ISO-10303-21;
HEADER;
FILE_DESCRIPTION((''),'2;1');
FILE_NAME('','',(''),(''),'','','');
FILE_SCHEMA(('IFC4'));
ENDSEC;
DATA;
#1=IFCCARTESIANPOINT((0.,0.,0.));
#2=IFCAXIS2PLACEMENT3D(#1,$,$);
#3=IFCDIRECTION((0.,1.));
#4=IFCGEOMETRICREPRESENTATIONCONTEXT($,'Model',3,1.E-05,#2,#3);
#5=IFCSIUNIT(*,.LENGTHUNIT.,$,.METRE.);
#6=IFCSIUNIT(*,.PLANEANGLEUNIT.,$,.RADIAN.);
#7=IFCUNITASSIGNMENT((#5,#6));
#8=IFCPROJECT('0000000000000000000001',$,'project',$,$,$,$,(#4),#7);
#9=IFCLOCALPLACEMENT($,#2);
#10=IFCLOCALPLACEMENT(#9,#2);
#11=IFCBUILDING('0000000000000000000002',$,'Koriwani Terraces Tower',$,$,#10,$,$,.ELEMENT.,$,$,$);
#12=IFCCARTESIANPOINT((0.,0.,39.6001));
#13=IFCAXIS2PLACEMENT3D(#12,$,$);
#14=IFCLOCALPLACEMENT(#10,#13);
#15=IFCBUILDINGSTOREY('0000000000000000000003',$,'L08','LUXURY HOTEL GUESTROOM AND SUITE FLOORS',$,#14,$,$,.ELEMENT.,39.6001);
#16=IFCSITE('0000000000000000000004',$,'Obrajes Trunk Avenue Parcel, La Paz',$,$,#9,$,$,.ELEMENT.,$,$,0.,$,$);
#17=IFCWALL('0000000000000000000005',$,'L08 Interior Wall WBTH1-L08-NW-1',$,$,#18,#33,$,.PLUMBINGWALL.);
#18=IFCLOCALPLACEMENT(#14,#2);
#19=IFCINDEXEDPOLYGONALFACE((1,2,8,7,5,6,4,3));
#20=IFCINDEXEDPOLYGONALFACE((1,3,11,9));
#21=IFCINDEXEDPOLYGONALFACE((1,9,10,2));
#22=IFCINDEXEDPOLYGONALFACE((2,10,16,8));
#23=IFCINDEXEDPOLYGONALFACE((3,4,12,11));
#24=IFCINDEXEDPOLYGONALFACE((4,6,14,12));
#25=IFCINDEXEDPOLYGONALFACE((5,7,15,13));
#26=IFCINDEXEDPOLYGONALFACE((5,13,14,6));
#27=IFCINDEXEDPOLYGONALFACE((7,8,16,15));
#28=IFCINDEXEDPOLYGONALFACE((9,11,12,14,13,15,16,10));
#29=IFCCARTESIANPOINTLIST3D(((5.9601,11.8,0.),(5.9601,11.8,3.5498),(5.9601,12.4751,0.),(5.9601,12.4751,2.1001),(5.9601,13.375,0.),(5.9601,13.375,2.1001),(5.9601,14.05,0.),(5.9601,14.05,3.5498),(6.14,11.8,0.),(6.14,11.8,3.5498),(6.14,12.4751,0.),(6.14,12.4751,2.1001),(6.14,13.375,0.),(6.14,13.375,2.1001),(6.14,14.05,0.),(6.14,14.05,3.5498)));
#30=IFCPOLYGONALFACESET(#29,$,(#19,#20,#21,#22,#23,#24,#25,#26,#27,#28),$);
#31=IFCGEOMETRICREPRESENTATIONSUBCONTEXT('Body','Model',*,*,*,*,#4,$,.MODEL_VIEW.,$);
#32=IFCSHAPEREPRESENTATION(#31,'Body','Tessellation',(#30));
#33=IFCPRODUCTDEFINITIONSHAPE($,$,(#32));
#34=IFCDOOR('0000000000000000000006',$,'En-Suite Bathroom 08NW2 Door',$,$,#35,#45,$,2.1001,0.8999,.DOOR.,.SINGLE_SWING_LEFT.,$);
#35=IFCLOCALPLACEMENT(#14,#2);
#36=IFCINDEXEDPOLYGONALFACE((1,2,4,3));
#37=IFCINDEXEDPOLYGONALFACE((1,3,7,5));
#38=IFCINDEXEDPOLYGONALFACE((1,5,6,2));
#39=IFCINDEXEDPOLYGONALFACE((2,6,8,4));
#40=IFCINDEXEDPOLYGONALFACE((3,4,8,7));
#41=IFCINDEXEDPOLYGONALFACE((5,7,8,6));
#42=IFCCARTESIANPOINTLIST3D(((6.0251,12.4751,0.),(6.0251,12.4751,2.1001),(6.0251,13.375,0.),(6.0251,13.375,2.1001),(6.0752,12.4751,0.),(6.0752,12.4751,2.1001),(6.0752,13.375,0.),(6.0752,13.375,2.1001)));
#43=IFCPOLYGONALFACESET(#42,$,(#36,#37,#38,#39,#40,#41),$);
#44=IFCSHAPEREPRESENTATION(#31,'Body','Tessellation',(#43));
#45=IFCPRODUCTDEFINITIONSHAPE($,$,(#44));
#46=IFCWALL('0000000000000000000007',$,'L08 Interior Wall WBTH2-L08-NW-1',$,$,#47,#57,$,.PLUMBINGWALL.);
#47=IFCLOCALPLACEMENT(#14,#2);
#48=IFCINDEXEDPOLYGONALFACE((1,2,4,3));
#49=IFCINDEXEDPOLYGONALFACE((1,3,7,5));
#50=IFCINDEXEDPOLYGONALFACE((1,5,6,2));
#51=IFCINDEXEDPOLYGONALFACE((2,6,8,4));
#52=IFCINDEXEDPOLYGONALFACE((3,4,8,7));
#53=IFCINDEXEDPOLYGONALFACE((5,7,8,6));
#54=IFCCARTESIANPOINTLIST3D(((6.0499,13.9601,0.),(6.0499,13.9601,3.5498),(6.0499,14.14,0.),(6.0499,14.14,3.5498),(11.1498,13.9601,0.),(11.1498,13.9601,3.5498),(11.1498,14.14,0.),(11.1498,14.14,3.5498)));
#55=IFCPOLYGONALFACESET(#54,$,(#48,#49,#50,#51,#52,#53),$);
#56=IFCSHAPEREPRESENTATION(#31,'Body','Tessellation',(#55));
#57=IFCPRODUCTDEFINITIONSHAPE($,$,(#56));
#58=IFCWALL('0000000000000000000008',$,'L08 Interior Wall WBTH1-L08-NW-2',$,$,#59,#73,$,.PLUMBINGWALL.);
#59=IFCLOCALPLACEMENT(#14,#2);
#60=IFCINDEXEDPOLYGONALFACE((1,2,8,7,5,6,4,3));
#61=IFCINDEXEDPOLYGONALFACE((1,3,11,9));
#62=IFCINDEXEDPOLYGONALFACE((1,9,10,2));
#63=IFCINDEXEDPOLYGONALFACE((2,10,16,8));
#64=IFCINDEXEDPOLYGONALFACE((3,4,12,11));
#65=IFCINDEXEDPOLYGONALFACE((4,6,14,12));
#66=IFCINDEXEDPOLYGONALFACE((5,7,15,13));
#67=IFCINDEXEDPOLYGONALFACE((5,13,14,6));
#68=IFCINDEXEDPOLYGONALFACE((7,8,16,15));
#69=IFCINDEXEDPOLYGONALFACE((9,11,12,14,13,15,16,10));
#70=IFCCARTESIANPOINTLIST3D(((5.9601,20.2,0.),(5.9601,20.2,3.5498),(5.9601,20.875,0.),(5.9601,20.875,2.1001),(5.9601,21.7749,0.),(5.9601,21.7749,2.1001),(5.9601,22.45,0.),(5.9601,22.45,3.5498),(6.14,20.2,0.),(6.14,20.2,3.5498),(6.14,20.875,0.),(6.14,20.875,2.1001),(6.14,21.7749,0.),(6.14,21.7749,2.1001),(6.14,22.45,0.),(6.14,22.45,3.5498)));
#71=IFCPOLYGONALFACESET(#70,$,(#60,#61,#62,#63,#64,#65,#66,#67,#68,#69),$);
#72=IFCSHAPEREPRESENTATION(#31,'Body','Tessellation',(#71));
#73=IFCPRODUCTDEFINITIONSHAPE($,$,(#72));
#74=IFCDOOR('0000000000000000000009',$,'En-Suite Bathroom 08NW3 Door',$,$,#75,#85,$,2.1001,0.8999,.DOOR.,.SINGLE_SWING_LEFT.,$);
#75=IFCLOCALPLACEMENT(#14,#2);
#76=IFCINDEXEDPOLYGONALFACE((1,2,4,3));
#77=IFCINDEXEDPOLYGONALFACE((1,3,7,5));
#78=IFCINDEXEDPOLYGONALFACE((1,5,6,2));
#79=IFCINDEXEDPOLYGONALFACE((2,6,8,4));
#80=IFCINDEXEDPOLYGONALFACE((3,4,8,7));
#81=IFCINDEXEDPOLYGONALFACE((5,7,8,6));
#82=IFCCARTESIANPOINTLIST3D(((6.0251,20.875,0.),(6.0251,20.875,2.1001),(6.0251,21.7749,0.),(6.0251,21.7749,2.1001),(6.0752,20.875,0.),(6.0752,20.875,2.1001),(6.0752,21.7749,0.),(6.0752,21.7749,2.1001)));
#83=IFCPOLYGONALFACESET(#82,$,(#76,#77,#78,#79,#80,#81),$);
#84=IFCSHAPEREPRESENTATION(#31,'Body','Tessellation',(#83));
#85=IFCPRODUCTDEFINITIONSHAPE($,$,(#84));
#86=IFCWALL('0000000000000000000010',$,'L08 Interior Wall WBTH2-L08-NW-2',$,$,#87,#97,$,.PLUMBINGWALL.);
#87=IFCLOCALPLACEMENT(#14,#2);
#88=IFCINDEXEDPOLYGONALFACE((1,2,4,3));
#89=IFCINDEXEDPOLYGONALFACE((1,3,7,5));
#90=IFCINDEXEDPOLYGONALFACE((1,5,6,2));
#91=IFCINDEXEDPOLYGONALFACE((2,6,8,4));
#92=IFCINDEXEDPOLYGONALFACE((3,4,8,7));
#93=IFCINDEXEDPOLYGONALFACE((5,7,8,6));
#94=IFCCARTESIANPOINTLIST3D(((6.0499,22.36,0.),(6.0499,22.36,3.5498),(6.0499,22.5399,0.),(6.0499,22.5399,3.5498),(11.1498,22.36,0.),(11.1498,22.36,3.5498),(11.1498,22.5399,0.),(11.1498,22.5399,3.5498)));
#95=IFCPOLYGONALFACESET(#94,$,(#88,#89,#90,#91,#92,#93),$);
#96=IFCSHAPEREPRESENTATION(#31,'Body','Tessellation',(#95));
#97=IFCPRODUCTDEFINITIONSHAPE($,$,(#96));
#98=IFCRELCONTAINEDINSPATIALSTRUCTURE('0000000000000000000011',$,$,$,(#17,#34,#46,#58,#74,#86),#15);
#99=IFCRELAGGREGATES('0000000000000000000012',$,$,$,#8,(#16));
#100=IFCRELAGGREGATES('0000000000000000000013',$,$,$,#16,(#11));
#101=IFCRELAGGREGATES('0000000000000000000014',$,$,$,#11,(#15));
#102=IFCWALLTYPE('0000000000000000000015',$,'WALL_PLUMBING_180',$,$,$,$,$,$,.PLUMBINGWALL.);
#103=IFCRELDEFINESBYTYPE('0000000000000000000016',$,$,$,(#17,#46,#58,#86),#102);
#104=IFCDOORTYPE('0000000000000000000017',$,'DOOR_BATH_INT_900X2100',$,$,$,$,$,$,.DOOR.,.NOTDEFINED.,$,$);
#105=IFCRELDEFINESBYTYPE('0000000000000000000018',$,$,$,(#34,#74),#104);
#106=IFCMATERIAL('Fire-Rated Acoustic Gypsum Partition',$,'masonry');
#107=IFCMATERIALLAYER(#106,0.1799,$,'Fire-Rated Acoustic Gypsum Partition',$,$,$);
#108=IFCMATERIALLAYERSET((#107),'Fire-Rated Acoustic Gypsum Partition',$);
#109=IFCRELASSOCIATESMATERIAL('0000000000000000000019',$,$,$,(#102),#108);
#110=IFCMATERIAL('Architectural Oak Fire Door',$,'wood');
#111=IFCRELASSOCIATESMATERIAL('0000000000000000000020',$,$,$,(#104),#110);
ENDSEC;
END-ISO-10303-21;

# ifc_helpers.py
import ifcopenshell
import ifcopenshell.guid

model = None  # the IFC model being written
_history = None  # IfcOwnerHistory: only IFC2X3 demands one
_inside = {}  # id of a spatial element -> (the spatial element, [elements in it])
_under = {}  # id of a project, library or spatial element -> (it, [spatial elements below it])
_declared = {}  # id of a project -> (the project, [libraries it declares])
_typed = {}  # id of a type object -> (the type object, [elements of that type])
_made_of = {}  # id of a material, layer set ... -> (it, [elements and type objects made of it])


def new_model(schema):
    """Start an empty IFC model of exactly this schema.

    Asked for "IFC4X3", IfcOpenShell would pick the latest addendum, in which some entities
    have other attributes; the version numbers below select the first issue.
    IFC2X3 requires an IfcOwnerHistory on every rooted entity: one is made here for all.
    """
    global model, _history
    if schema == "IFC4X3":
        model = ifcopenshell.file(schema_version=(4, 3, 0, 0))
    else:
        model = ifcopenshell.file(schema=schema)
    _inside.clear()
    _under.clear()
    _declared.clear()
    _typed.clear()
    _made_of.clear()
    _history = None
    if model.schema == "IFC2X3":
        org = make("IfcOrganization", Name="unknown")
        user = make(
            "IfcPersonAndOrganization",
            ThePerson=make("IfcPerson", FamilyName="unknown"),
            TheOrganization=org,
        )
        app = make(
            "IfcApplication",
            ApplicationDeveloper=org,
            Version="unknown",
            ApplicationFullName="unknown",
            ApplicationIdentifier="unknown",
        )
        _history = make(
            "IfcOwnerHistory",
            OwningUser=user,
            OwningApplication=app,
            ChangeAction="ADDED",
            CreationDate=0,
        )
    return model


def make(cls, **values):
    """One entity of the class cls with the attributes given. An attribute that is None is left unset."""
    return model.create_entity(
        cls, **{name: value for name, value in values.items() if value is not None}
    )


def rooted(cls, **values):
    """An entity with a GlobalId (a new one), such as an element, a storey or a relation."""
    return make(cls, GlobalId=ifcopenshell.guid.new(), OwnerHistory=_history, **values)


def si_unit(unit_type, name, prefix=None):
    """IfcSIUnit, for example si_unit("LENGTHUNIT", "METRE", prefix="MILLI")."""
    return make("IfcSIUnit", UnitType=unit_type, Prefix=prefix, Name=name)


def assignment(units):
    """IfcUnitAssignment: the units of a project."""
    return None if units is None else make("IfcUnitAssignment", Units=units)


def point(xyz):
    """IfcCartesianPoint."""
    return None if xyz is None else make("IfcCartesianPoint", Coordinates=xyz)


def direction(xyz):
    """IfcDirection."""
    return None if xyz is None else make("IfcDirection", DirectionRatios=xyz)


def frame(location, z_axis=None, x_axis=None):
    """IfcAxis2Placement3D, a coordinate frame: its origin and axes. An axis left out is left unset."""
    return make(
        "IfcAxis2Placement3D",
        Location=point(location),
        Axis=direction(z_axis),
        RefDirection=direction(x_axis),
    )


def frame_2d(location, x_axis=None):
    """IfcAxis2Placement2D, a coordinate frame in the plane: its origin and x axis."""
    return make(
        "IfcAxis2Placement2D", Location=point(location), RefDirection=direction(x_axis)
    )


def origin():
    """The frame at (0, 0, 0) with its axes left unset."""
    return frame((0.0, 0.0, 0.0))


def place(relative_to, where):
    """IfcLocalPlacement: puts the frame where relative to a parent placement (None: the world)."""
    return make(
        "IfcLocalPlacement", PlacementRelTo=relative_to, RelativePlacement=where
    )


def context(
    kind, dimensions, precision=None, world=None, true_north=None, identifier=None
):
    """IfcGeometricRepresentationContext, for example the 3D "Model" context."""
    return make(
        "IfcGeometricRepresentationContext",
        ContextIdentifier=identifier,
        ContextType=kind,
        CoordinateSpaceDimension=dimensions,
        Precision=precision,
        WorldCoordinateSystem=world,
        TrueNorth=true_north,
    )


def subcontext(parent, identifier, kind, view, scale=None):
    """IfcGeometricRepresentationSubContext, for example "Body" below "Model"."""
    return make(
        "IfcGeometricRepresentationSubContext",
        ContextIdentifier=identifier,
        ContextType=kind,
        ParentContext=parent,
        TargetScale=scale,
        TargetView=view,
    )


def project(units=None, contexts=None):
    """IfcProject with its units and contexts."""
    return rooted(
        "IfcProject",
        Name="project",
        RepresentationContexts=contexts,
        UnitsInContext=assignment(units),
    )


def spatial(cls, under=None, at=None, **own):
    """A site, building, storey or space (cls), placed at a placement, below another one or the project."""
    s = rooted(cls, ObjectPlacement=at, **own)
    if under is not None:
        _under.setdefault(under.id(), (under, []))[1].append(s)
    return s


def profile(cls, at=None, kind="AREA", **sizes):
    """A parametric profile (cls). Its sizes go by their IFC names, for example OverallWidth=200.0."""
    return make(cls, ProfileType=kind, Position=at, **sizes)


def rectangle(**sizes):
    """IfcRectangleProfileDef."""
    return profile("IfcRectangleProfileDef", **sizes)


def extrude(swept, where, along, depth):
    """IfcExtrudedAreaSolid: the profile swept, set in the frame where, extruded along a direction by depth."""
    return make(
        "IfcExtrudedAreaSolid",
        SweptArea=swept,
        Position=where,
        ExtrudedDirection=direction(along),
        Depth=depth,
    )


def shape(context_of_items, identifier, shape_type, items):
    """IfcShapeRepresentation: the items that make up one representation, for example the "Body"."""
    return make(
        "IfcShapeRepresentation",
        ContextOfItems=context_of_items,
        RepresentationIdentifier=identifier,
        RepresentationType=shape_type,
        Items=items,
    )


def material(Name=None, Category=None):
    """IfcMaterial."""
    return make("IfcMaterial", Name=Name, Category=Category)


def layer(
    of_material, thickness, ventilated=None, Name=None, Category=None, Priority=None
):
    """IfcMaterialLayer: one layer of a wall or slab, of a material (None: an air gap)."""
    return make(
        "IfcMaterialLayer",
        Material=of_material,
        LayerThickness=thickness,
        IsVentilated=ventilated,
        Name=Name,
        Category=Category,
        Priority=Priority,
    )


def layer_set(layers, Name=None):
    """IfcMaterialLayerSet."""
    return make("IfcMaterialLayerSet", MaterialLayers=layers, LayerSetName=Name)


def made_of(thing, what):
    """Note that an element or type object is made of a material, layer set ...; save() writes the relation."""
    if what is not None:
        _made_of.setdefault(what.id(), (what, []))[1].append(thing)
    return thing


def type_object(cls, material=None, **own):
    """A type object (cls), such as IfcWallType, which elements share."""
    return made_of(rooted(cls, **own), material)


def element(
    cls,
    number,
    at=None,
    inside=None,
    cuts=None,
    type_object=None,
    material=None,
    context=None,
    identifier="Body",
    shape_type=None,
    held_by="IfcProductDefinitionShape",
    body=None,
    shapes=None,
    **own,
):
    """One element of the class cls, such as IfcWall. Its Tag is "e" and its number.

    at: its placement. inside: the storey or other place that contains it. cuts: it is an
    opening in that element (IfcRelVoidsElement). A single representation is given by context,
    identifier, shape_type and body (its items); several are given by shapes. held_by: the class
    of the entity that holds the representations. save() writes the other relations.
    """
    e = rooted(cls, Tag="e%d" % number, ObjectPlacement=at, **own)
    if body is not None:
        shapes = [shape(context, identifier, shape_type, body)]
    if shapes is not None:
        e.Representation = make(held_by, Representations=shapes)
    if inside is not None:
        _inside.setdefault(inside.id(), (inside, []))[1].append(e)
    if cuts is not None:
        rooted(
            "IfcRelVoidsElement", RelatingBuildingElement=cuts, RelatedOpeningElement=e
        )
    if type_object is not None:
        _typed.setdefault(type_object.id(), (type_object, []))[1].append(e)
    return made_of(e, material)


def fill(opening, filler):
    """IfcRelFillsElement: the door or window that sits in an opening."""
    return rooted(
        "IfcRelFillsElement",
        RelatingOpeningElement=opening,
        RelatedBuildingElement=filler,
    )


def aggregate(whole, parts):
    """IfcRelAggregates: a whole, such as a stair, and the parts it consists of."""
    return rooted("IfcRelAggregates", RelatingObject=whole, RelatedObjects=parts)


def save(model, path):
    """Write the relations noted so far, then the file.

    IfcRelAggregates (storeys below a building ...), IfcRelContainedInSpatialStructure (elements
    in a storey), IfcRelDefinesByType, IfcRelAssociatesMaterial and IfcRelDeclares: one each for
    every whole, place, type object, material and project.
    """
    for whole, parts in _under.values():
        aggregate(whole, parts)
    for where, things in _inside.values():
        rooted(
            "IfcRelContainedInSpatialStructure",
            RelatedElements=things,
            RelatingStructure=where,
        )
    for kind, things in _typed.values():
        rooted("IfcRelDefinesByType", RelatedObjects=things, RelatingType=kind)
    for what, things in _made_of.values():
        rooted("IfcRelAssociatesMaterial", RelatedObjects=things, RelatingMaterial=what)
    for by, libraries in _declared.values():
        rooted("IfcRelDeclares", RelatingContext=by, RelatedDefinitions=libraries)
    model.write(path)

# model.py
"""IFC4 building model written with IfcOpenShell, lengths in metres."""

from ifc_helpers import new_model, si_unit, direction, frame, frame_2d, origin, place, context, subcontext, project, spatial, rectangle, extrude, material, layer, layer_set, type_object, element, fill, save


model = new_model("IFC4")

# Units and contexts
model_context = context("Model", 3, precision=1e-05, world=origin(), true_north=direction((0.0, 1.0)))
body_context = subcontext(model_context, "Body", "Model", "MODEL_VIEW")
ifc_project = project(units=[si_unit("LENGTHUNIT", "METRE"), si_unit("PLANEANGLEUNIT", "RADIAN")], contexts=[model_context])

# Site, building, storey
site_placement = place(None, origin())
site = spatial("IfcSite", under=ifc_project, at=site_placement, Name="Obrajes Trunk Avenue Parcel, La Paz", CompositionType="ELEMENT", RefElevation=0.0)
building_placement = place(site_placement, origin())
building = spatial("IfcBuilding", under=site, at=building_placement, Name="Koriwani Terraces Tower", CompositionType="ELEMENT")
storey_placement = place(building_placement, frame((0.0, 0.0, 39.6001)))
storey = spatial("IfcBuildingStorey", under=building, at=storey_placement, Name="L08", Description="LUXURY HOTEL GUESTROOM AND SUITE FLOORS", CompositionType="ELEMENT", Elevation=39.6001)

# Shared definitions
ifc_material_1 = material(Name="Architectural Oak Fire Door", Category="wood")

# Wall, opening, door
ifc_material_2 = material(Name="Fire-Rated Acoustic Gypsum Partition", Category="masonry")
ifc_layer_1 = layer(ifc_material_2, 0.1799, Name="Fire-Rated Acoustic Gypsum Partition")
ifc_layer_set_1 = layer_set([ifc_layer_1], Name="Fire-Rated Acoustic Gypsum Partition")
wall_type_1 = type_object("IfcWallType", Name="WALL_PLUMBING_180", PredefinedType="PLUMBINGWALL", material=ifc_layer_set_1)
wall_1_placement = place(storey_placement, frame((6.05, 11.8, 0.0), z_axis=(0.0, 0.0, 1.0), x_axis=(0.0, 1.0, 0.0)))
wall_1 = element("IfcWall", 1, at=wall_1_placement, inside=storey, type_object=wall_type_1, Name="L08 Interior Wall WBTH1-L08-NW-1", PredefinedType="PLUMBINGWALL", context=body_context, shape_type="SweptSolid", body=[
    extrude(rectangle(XDim=2.25, YDim=0.1799, at=frame_2d((1.125, 0.0))), origin(), (0.0, 0.0, 1.0), 3.5498),
])
opening_1_placement = place(wall_1_placement, frame((0.675, 0.0, 0.0)))
opening_1 = element("IfcOpeningElement", 2, at=opening_1_placement, cuts=wall_1, PredefinedType="OPENING", context=body_context, shape_type="SweptSolid", body=[
    extrude(rectangle(XDim=0.8999, YDim=2.1001, at=frame_2d((0.45, 1.05))), frame((0.0, 0.1001, 0.0), z_axis=(0.0, -1.0, 0.0), x_axis=(1.0, 0.0, 0.0)), (0.0, 0.0, 1.0), 0.2),
])
door_type_1 = type_object("IfcDoorType", Name="DOOR_BATH_INT_900X2100", OperationType="NOTDEFINED", PredefinedType="DOOR", material=ifc_material_1)
door_1_placement = place(opening_1_placement, origin())
door_1 = element("IfcDoor", 3, at=door_1_placement, inside=storey, type_object=door_type_1, Name="En-Suite Bathroom 08NW2 Door", OperationType="SINGLE_SWING_LEFT", OverallHeight=2.1001, OverallWidth=0.8999, PredefinedType="DOOR", context=body_context, shape_type="SweptSolid", body=[
    extrude(rectangle(XDim=0.8999, YDim=2.1001, at=frame_2d((0.45, 1.05))), frame((0.0, 0.0249, 0.0), z_axis=(0.0, -1.0, 0.0), x_axis=(1.0, 0.0, 0.0)), (0.0, 0.0, 1.0), 0.05),
])
fill(opening_1, door_1)

# Wall
wall_2_placement = place(storey_placement, frame((6.05, 14.05, 0.0), z_axis=(0.0, 0.0, 1.0), x_axis=(1.0, 0.0, 0.0)))
element("IfcWall", 4, at=wall_2_placement, inside=storey, type_object=wall_type_1, Name="L08 Interior Wall WBTH2-L08-NW-1", PredefinedType="PLUMBINGWALL", context=body_context, shape_type="SweptSolid", body=[
    extrude(rectangle(XDim=5.0999, YDim=0.1799, at=frame_2d((2.5498, 0.0))), origin(), (0.0, 0.0, 1.0), 3.5498),
])

# Wall, opening, door
wall_3_placement = place(storey_placement, frame((6.05, 20.2, 0.0), z_axis=(0.0, 0.0, 1.0), x_axis=(0.0, 1.0, 0.0)))
wall_3 = element("IfcWall", 5, at=wall_3_placement, inside=storey, type_object=wall_type_1, Name="L08 Interior Wall WBTH1-L08-NW-2", PredefinedType="PLUMBINGWALL", context=body_context, shape_type="SweptSolid", body=[
    extrude(rectangle(XDim=2.25, YDim=0.1799, at=frame_2d((1.125, 0.0))), origin(), (0.0, 0.0, 1.0), 3.5498),
])
opening_2_placement = place(wall_3_placement, frame((0.675, 0.0, 0.0)))
opening_2 = element("IfcOpeningElement", 6, at=opening_2_placement, cuts=wall_3, PredefinedType="OPENING", context=body_context, shape_type="SweptSolid", body=[
    extrude(rectangle(XDim=0.8999, YDim=2.1001, at=frame_2d((0.45, 1.05))), frame((0.0, 0.1001, 0.0), z_axis=(0.0, -1.0, 0.0), x_axis=(1.0, 0.0, 0.0)), (0.0, 0.0, 1.0), 0.2),
])
door_2_placement = place(opening_2_placement, origin())
door_2 = element("IfcDoor", 7, at=door_2_placement, inside=storey, type_object=door_type_1, Name="En-Suite Bathroom 08NW3 Door", OperationType="SINGLE_SWING_LEFT", OverallHeight=2.1001, OverallWidth=0.8999, PredefinedType="DOOR", context=body_context, shape_type="SweptSolid", body=[
    extrude(rectangle(XDim=0.8999, YDim=2.1001, at=frame_2d((0.45, 1.05))), frame((0.0, 0.0249, 0.0), z_axis=(0.0, -1.0, 0.0), x_axis=(1.0, 0.0, 0.0)), (0.0, 0.0, 1.0), 0.05),
])
fill(opening_2, door_2)

# Wall
wall_4_placement = place(storey_placement, frame((6.05, 22.45, 0.0), z_axis=(0.0, 0.0, 1.0), x_axis=(1.0, 0.0, 0.0)))
element("IfcWall", 8, at=wall_4_placement, inside=storey, type_object=wall_type_1, Name="L08 Interior Wall WBTH2-L08-NW-2", PredefinedType="PLUMBINGWALL", context=body_context, shape_type="SweptSolid", body=[
    extrude(rectangle(XDim=5.0999, YDim=0.1799, at=frame_2d((2.5498, 0.0))), origin(), (0.0, 0.0, 1.0), 3.5498),
])

save(model, "model.ifc")
